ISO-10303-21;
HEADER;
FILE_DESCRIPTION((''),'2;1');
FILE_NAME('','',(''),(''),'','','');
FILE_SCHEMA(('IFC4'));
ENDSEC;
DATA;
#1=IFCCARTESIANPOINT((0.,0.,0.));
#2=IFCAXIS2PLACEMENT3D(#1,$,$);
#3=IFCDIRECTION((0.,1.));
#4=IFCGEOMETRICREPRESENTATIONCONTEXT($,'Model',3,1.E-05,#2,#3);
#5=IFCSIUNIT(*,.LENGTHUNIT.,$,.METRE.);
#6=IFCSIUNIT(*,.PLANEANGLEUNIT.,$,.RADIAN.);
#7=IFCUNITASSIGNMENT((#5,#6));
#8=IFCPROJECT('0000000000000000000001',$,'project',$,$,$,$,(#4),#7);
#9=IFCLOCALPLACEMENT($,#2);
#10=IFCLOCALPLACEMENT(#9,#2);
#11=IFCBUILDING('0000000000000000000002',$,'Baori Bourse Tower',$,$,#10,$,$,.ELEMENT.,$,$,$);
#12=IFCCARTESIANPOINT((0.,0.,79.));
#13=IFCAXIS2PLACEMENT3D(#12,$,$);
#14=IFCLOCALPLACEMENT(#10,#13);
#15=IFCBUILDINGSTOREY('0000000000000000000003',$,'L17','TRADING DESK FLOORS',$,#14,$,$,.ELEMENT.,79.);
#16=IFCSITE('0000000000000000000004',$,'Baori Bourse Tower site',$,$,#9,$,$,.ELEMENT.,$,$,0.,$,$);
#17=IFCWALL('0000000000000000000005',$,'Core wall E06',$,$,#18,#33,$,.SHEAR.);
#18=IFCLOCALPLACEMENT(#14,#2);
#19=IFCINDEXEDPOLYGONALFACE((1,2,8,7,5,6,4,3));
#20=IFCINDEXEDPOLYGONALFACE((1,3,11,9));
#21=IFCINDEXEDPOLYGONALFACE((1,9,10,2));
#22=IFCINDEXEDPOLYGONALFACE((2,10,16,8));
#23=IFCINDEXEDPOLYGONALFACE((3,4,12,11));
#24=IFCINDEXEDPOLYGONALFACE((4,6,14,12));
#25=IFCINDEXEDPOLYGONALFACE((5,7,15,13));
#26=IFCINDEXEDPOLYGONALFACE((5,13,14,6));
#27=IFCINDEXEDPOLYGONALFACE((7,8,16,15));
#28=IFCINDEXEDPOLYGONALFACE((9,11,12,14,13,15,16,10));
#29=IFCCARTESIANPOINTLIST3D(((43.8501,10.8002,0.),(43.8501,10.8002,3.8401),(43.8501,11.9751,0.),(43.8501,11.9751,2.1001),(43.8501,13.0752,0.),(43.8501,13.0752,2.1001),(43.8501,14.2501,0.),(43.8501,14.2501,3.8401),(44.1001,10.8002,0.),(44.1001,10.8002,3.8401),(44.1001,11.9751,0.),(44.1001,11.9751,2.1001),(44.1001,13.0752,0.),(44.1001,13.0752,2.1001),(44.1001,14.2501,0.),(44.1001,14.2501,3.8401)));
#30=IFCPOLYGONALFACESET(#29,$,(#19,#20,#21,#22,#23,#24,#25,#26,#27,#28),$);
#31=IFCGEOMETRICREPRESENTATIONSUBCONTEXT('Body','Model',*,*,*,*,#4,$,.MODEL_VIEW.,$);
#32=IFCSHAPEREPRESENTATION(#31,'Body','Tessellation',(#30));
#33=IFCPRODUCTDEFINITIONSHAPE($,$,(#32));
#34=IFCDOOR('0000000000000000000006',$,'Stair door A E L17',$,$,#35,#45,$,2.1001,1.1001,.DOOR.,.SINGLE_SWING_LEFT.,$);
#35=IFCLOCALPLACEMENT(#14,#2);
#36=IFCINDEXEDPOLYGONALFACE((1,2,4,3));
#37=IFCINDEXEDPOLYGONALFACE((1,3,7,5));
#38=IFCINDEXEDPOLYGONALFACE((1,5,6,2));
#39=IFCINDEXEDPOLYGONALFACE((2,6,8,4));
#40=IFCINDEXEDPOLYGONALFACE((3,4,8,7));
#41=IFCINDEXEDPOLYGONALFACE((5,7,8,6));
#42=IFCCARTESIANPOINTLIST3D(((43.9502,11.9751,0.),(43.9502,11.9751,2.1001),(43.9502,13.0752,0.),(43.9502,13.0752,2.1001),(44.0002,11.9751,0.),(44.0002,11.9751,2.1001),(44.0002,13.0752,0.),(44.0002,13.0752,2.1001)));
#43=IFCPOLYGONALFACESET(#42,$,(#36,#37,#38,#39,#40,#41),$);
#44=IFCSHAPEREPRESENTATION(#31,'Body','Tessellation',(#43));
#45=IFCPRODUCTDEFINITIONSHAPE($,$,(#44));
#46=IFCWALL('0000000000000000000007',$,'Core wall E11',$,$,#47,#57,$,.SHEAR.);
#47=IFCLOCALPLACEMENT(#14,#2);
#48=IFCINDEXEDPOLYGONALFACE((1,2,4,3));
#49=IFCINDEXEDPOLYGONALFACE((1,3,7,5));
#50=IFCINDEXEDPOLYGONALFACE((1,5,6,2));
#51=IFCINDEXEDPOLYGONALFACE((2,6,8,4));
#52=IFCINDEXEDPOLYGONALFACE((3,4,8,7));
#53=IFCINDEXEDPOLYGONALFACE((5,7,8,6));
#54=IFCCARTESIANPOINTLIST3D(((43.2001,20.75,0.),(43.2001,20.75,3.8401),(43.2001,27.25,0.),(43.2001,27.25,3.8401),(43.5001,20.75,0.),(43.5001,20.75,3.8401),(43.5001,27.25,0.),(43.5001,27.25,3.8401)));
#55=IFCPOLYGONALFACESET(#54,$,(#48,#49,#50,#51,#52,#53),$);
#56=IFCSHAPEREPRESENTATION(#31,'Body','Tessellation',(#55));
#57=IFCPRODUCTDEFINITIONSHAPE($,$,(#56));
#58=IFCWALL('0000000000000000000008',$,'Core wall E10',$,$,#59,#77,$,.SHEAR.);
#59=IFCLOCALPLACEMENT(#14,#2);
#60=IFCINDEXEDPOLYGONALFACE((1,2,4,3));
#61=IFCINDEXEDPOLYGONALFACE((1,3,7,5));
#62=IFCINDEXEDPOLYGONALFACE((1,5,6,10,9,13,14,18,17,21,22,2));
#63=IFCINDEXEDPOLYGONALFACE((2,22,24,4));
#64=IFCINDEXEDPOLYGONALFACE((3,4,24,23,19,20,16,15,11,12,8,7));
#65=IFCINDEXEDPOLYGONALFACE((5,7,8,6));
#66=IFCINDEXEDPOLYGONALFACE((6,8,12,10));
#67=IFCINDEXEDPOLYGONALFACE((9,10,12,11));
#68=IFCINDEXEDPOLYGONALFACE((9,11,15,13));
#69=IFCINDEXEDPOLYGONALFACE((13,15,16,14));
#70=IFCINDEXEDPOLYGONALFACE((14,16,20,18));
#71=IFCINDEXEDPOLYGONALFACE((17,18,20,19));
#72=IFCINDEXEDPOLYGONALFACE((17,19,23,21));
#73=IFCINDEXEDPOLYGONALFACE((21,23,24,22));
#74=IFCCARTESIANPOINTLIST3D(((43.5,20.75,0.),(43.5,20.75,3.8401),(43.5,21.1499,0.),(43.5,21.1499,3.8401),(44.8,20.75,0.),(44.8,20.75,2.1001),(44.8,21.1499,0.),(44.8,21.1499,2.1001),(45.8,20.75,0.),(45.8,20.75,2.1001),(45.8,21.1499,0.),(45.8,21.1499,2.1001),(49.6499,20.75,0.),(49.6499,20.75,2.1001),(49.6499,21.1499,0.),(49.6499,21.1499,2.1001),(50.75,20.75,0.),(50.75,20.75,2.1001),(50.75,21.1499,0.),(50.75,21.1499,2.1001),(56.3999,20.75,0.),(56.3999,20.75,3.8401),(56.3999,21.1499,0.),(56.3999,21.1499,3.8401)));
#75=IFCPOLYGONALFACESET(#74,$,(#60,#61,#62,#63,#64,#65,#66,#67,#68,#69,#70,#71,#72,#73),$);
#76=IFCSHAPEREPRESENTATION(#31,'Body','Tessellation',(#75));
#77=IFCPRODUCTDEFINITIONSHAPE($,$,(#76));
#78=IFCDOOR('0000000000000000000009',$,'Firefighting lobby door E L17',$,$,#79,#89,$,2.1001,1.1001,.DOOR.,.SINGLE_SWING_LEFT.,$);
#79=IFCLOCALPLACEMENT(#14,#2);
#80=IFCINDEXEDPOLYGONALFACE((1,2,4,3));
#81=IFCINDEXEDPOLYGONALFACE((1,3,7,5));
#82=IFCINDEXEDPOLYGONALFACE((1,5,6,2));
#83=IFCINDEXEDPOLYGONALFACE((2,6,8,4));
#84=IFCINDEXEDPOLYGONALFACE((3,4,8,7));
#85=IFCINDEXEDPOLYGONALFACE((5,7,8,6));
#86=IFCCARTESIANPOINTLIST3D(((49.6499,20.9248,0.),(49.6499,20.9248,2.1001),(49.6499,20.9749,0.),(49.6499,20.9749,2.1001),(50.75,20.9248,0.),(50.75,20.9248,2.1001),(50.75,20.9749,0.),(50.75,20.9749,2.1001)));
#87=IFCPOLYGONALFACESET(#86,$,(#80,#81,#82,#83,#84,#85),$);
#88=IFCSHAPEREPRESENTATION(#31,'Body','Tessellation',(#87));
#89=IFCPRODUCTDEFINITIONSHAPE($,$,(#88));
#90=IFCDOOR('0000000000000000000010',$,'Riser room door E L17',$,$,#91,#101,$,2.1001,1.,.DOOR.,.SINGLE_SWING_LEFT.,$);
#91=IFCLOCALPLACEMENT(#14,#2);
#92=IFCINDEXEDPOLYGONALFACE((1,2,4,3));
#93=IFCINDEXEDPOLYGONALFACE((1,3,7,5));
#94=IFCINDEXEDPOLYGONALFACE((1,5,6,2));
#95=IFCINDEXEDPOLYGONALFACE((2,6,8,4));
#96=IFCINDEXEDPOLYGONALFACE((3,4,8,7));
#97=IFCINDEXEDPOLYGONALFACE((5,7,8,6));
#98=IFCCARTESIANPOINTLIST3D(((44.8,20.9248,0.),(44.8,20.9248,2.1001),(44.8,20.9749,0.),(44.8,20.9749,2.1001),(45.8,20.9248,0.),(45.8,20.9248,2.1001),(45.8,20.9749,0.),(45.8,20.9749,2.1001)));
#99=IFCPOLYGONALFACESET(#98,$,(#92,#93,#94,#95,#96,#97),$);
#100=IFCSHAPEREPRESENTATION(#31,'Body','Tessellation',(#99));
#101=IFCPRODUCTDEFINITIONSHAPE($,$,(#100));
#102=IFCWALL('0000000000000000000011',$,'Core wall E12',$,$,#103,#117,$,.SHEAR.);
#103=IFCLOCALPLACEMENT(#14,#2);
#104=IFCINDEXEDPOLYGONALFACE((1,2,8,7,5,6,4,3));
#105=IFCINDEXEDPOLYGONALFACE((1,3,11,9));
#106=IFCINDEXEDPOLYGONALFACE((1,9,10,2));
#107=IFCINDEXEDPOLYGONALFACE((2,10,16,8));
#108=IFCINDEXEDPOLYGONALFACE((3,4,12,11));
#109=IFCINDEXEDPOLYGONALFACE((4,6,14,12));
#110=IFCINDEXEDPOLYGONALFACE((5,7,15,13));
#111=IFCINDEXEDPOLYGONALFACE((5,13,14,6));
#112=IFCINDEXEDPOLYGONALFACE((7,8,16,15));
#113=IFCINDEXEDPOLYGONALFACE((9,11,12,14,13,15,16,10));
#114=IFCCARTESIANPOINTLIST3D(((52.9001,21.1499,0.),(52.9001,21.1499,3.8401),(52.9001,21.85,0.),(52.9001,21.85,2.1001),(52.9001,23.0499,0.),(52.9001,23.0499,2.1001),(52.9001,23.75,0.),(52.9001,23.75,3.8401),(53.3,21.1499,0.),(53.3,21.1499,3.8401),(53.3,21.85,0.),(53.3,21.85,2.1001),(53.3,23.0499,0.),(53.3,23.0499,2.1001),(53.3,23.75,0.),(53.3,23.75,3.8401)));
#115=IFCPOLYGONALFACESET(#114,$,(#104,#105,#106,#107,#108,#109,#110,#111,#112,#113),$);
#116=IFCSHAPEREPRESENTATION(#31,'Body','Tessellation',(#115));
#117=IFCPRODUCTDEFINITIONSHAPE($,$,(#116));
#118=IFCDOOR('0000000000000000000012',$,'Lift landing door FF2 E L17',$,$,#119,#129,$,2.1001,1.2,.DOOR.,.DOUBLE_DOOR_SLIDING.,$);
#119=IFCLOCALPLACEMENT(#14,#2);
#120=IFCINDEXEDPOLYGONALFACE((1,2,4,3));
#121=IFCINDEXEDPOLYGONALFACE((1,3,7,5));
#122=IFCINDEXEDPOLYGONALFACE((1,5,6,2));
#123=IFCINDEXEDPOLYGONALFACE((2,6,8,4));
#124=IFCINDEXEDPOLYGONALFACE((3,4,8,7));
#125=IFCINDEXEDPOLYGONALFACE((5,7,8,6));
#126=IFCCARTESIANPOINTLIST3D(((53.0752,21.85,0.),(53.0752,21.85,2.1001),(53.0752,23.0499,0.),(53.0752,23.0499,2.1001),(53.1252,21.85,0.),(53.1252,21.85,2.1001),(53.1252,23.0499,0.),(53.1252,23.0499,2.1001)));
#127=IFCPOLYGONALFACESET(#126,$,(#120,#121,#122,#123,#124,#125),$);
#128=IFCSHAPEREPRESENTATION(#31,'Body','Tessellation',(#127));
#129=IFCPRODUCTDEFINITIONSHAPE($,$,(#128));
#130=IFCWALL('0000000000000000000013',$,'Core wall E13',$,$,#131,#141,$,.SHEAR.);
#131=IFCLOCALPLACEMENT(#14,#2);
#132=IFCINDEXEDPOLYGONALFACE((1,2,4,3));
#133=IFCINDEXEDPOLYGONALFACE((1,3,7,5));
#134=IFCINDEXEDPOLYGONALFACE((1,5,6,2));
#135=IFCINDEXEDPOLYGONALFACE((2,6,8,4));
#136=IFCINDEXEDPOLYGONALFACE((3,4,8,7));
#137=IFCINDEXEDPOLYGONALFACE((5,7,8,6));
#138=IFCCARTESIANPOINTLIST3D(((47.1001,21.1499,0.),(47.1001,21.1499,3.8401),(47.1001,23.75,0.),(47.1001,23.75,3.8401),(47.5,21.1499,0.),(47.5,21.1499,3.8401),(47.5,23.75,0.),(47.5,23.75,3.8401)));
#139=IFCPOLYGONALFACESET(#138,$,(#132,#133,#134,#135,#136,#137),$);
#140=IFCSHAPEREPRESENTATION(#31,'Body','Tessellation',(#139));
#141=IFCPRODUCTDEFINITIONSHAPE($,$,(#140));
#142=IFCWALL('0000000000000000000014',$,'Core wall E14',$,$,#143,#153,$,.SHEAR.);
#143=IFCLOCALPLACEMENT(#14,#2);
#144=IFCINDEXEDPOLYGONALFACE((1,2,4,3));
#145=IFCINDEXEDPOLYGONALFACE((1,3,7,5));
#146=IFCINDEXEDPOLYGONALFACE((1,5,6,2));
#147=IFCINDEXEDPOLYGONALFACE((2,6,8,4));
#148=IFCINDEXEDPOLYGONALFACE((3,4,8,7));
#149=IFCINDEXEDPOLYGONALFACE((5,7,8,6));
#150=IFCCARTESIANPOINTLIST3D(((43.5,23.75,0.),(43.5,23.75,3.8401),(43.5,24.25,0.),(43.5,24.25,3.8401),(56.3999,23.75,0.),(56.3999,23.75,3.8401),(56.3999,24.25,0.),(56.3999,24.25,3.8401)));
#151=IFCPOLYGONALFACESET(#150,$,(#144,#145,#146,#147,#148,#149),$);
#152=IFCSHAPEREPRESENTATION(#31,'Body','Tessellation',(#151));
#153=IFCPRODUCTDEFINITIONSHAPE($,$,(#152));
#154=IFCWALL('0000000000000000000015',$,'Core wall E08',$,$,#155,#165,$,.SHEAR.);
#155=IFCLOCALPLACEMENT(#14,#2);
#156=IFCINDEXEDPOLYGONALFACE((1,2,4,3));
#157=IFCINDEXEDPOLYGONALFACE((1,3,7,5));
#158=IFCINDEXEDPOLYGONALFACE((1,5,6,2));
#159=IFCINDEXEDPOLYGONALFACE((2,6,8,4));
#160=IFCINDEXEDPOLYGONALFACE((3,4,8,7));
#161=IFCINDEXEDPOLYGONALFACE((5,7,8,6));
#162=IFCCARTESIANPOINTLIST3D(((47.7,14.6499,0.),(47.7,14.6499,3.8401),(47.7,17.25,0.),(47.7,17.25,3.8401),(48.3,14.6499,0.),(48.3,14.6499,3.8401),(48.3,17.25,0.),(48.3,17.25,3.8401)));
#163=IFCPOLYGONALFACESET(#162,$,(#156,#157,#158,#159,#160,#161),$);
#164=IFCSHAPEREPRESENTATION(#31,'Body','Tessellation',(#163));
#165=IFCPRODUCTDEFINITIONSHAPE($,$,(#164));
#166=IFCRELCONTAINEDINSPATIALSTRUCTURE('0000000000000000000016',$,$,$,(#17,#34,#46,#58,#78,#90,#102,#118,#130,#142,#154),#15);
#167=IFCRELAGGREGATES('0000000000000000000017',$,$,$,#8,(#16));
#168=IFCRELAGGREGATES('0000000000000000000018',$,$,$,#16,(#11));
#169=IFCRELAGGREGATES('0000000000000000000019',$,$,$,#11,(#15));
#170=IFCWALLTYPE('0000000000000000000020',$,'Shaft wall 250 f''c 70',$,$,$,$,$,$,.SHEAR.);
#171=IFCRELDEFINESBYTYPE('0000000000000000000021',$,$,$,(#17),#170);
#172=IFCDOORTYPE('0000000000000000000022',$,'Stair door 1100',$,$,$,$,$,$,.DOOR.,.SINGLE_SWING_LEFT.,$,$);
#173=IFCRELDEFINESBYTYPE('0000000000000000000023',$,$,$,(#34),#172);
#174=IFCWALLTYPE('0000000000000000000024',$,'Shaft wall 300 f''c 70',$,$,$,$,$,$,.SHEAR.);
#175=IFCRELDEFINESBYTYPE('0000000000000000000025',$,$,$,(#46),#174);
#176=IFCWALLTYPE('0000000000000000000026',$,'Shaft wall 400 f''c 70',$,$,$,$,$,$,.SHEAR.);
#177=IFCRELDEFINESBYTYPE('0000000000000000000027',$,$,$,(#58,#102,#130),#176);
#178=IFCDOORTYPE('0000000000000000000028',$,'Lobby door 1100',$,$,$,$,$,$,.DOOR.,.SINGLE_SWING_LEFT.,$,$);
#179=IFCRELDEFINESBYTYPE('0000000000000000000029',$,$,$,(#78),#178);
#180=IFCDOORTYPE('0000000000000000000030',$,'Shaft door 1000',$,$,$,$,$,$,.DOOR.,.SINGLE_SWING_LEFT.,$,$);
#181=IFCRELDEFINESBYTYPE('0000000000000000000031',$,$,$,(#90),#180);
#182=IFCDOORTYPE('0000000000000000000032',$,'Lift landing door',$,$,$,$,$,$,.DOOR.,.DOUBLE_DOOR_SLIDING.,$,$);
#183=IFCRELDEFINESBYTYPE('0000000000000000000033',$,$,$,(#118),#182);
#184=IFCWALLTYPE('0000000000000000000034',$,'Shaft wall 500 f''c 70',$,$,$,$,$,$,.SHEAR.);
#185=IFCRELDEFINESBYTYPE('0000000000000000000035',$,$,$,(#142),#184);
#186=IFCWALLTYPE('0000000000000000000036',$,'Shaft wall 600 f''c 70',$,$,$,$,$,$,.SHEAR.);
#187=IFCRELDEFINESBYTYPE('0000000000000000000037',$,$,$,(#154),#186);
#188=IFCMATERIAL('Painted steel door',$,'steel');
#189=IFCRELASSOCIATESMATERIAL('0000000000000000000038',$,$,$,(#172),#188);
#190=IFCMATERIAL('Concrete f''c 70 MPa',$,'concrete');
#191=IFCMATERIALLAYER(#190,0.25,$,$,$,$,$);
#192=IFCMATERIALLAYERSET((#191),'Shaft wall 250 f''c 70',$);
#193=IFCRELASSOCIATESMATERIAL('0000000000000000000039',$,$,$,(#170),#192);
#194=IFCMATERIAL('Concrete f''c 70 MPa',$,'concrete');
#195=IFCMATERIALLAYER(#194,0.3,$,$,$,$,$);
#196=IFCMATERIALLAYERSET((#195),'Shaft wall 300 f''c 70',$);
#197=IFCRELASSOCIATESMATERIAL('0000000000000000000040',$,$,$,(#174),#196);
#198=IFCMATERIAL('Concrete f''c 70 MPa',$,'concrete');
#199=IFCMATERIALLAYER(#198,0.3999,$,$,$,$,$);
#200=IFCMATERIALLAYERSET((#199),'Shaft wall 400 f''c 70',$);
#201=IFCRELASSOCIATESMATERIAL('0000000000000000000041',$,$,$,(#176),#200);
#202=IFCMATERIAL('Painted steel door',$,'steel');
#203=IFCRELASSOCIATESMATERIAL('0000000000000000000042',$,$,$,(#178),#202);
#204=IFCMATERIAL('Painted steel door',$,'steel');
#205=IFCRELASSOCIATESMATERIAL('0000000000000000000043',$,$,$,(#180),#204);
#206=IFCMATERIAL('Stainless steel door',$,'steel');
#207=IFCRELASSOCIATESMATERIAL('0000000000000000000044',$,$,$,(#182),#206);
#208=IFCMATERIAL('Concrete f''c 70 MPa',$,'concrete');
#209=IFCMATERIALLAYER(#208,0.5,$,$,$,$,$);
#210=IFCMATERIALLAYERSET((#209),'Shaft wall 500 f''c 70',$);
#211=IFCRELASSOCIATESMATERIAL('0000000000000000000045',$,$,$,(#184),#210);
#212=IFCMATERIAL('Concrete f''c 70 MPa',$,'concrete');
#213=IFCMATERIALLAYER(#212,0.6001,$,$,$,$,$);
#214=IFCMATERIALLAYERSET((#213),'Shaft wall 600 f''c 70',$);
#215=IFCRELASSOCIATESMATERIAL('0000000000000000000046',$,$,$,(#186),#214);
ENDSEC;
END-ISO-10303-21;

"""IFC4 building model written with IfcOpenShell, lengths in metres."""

from ifc_helpers import new_model, si_unit, direction, frame, frame_2d, origin, place, context, subcontext, project, spatial, rectangle, extrude, material, layer, layer_set, type_object, element, fill, save


model = new_model("IFC4")

# Units and contexts
model_context = context("Model", 3, precision=1e-05, world=origin(), true_north=direction((0.0, 1.0)))
body_context = subcontext(model_context, "Body", "Model", "MODEL_VIEW")
ifc_project = project(units=[si_unit("LENGTHUNIT", "METRE"), si_unit("PLANEANGLEUNIT", "RADIAN")], contexts=[model_context])

# Site, building, storey
site_placement = place(None, origin())
site = spatial("IfcSite", under=ifc_project, at=site_placement, Name="Baori Bourse Tower site", CompositionType="ELEMENT", RefElevation=0.0)
building_placement = place(site_placement, origin())
building = spatial("IfcBuilding", under=site, at=building_placement, Name="Baori Bourse Tower", CompositionType="ELEMENT")
storey_placement = place(building_placement, frame((0.0, 0.0, 79.0)))
storey = spatial("IfcBuildingStorey", under=building, at=storey_placement, Name="L17", Description="TRADING DESK FLOORS", CompositionType="ELEMENT", Elevation=79.0)

# Wall, opening, door
ifc_material_1 = material(Name="Painted steel door", Category="steel")
door_type_1 = type_object("IfcDoorType", Name="Stair door 1100", OperationType="SINGLE_SWING_LEFT", PredefinedType="DOOR", material=ifc_material_1)
ifc_material_2 = material(Name="Concrete f'c 70 MPa", Category="concrete")
ifc_layer_1 = layer(ifc_material_2, 0.25)
ifc_layer_set_1 = layer_set([ifc_layer_1], Name="Shaft wall 250 f'c 70")
wall_type_1 = type_object("IfcWallType", Name="Shaft wall 250 f'c 70", PredefinedType="SHEAR", material=ifc_layer_set_1)
wall_1_placement = place(storey_placement, frame((43.9751, 10.8, 0.0), z_axis=(0.0, 0.0, 1.0), x_axis=(0.0, 1.0, 0.0)))
wall_1 = element("IfcWall", 1, at=wall_1_placement, inside=storey, type_object=wall_type_1, Name="Core wall E06", PredefinedType="SHEAR", context=body_context, shape_type="SweptSolid", body=[
    extrude(rectangle(XDim=3.45, YDim=0.25, at=frame_2d((1.7251, 0.0))), origin(), (0.0, 0.0, 1.0), 3.8401),
])
opening_1_placement = place(wall_1_placement, frame((1.175, 0.0, 0.0)))
opening_1 = element("IfcOpeningElement", 2, at=opening_1_placement, cuts=wall_1, PredefinedType="OPENING", context=body_context, shape_type="SweptSolid", body=[
    extrude(rectangle(XDim=1.1001, YDim=2.1001, at=frame_2d((0.55, 1.05))), frame((0.0, 0.135, 0.0), z_axis=(0.0, -1.0, 0.0), x_axis=(1.0, 0.0, 0.0)), (0.0, 0.0, 1.0), 0.27),
])
door_1_placement = place(opening_1_placement, origin())
door_1 = element("IfcDoor", 3, at=door_1_placement, inside=storey, type_object=door_type_1, Name="Stair door A E L17", OperationType="SINGLE_SWING_LEFT", OverallHeight=2.1001, OverallWidth=1.1001, PredefinedType="DOOR", context=body_context, shape_type="SweptSolid", body=[
    extrude(rectangle(XDim=1.1001, YDim=2.1001, at=frame_2d((0.55, 1.05))), frame((0.0, 0.0249, 0.0), z_axis=(0.0, -1.0, 0.0), x_axis=(1.0, 0.0, 0.0)), (0.0, 0.0, 1.0), 0.05),
])
fill(opening_1, door_1)

# Wall
ifc_material_3 = material(Name="Concrete f'c 70 MPa", Category="concrete")
ifc_layer_2 = layer(ifc_material_3, 0.3)
ifc_layer_set_2 = layer_set([ifc_layer_2], Name="Shaft wall 300 f'c 70")
wall_type_2 = type_object("IfcWallType", Name="Shaft wall 300 f'c 70", PredefinedType="SHEAR", material=ifc_layer_set_2)
wall_2_placement = place(storey_placement, frame((43.3501, 20.75, 0.0), z_axis=(0.0, 0.0, 1.0), x_axis=(0.0, 1.0, 0.0)))
element("IfcWall", 4, at=wall_2_placement, inside=storey, type_object=wall_type_2, Name="Core wall E11", PredefinedType="SHEAR", context=body_context, shape_type="SweptSolid", body=[
    extrude(rectangle(XDim=6.5, YDim=0.3, at=frame_2d((3.25, 0.0))), origin(), (0.0, 0.0, 1.0), 3.8401),
])

# Wall, openings, doors
ifc_material_4 = material(Name="Concrete f'c 70 MPa", Category="concrete")
ifc_layer_3 = layer(ifc_material_4, 0.3999)
ifc_layer_set_3 = layer_set([ifc_layer_3], Name="Shaft wall 400 f'c 70")
wall_type_3 = type_object("IfcWallType", Name="Shaft wall 400 f'c 70", PredefinedType="SHEAR", material=ifc_layer_set_3)
wall_3_placement = place(storey_placement, frame((43.5, 20.95, 0.0), z_axis=(0.0, 0.0, 1.0), x_axis=(1.0, 0.0, 0.0)))
wall_3 = element("IfcWall", 5, at=wall_3_placement, inside=storey, type_object=wall_type_3, Name="Core wall E10", PredefinedType="SHEAR", context=body_context, shape_type="SweptSolid", body=[
    extrude(rectangle(XDim=12.8999, YDim=0.3999, at=frame_2d((6.45, 0.0))), origin(), (0.0, 0.0, 1.0), 3.8401),
])
opening_2_placement = place(wall_3_placement, frame((6.1499, 0.0, 0.0)))
opening_2 = element("IfcOpeningElement", 6, at=opening_2_placement, cuts=wall_3, PredefinedType="OPENING", context=body_context, shape_type="SweptSolid", body=[
    extrude(rectangle(XDim=1.1001, YDim=2.1001, at=frame_2d((0.55, 1.05))), frame((0.0, 0.21, 0.0), z_axis=(0.0, -1.0, 0.0), x_axis=(1.0, 0.0, 0.0)), (0.0, 0.0, 1.0), 0.4199),
])
opening_3_placement = place(wall_3_placement, frame((1.3, 0.0, 0.0)))
opening_3 = element("IfcOpeningElement", 7, at=opening_3_placement, cuts=wall_3, PredefinedType="OPENING", context=body_context, shape_type="SweptSolid", body=[
    extrude(rectangle(XDim=1.0, YDim=2.1001, at=frame_2d((0.5, 1.05))), frame((0.0, 0.21, 0.0), z_axis=(0.0, -1.0, 0.0), x_axis=(1.0, 0.0, 0.0)), (0.0, 0.0, 1.0), 0.4199),
])
ifc_material_5 = material(Name="Painted steel door", Category="steel")
door_type_2 = type_object("IfcDoorType", Name="Lobby door 1100", OperationType="SINGLE_SWING_LEFT", PredefinedType="DOOR", material=ifc_material_5)
door_2_placement = place(opening_2_placement, origin())
door_2 = element("IfcDoor", 8, at=door_2_placement, inside=storey, type_object=door_type_2, Name="Firefighting lobby door E L17", OperationType="SINGLE_SWING_LEFT", OverallHeight=2.1001, OverallWidth=1.1001, PredefinedType="DOOR", context=body_context, shape_type="SweptSolid", body=[
    extrude(rectangle(XDim=1.1001, YDim=2.1001, at=frame_2d((0.55, 1.05))), frame((0.0, 0.0249, 0.0), z_axis=(0.0, -1.0, 0.0), x_axis=(1.0, 0.0, 0.0)), (0.0, 0.0, 1.0), 0.05),
])
fill(opening_2, door_2)
ifc_material_6 = material(Name="Painted steel door", Category="steel")
door_type_3 = type_object("IfcDoorType", Name="Shaft door 1000", OperationType="SINGLE_SWING_LEFT", PredefinedType="DOOR", material=ifc_material_6)
door_3_placement = place(opening_3_placement, origin())
door_3 = element("IfcDoor", 9, at=door_3_placement, inside=storey, type_object=door_type_3, Name="Riser room door E L17", OperationType="SINGLE_SWING_LEFT", OverallHeight=2.1001, OverallWidth=1.0, PredefinedType="DOOR", context=body_context, shape_type="SweptSolid", body=[
    extrude(rectangle(XDim=1.0, YDim=2.1001, at=frame_2d((0.5, 1.05))), frame((0.0, 0.0249, 0.0), z_axis=(0.0, -1.0, 0.0), x_axis=(1.0, 0.0, 0.0)), (0.0, 0.0, 1.0), 0.05),
])
fill(opening_3, door_3)

# Wall, opening, door
wall_4_placement = place(storey_placement, frame((53.1001, 21.1499, 0.0), z_axis=(0.0, 0.0, 1.0), x_axis=(0.0, 1.0, 0.0)))
wall_4 = element("IfcWall", 10, at=wall_4_placement, inside=storey, type_object=wall_type_3, Name="Core wall E12", PredefinedType="SHEAR", context=body_context, shape_type="SweptSolid", body=[
    extrude(rectangle(XDim=2.6001, YDim=0.3999, at=frame_2d((1.3, 0.0))), origin(), (0.0, 0.0, 1.0), 3.8401),
])
opening_4_placement = place(wall_4_placement, frame((0.7, 0.0, 0.0)))
opening_4 = element("IfcOpeningElement", 11, at=opening_4_placement, cuts=wall_4, PredefinedType="OPENING", context=body_context, shape_type="SweptSolid", body=[
    extrude(rectangle(XDim=1.2, YDim=2.1001, at=frame_2d((0.6001, 1.05))), frame((0.0, 0.21, 0.0), z_axis=(0.0, -1.0, 0.0), x_axis=(1.0, 0.0, 0.0)), (0.0, 0.0, 1.0), 0.4199),
])
ifc_material_7 = material(Name="Stainless steel door", Category="steel")
door_type_4 = type_object("IfcDoorType", Name="Lift landing door", OperationType="DOUBLE_DOOR_SLIDING", PredefinedType="DOOR", material=ifc_material_7)
door_4_placement = place(opening_4_placement, origin())
door_4 = element("IfcDoor", 12, at=door_4_placement, inside=storey, type_object=door_type_4, Name="Lift landing door FF2 E L17", OperationType="DOUBLE_DOOR_SLIDING", OverallHeight=2.1001, OverallWidth=1.2, PredefinedType="DOOR", context=body_context, shape_type="SweptSolid", body=[
    extrude(rectangle(XDim=1.2, YDim=2.1001, at=frame_2d((0.6001, 1.05))), frame((0.0, 0.0249, 0.0), z_axis=(0.0, -1.0, 0.0), x_axis=(1.0, 0.0, 0.0)), (0.0, 0.0, 1.0), 0.05),
])
fill(opening_4, door_4)

# Walls
wall_5_placement = place(storey_placement, frame((47.3, 21.1499, 0.0), z_axis=(0.0, 0.0, 1.0), x_axis=(0.0, 1.0, 0.0)))
element("IfcWall", 13, at=wall_5_placement, inside=storey, type_object=wall_type_3, Name="Core wall E13", PredefinedType="SHEAR", context=body_context, shape_type="SweptSolid", body=[
    extrude(rectangle(XDim=2.6001, YDim=0.3999, at=frame_2d((1.3, 0.0))), origin(), (0.0, 0.0, 1.0), 3.8401),
])
ifc_material_8 = material(Name="Concrete f'c 70 MPa", Category="concrete")
ifc_layer_4 = layer(ifc_material_8, 0.5)
ifc_layer_set_4 = layer_set([ifc_layer_4], Name="Shaft wall 500 f'c 70")
wall_type_4 = type_object("IfcWallType", Name="Shaft wall 500 f'c 70", PredefinedType="SHEAR", material=ifc_layer_set_4)
wall_6_placement = place(storey_placement, frame((43.5, 24.0, 0.0), z_axis=(0.0, 0.0, 1.0), x_axis=(1.0, 0.0, 0.0)))
element("IfcWall", 14, at=wall_6_placement, inside=storey, type_object=wall_type_4, Name="Core wall E14", PredefinedType="SHEAR", context=body_context, shape_type="SweptSolid", body=[
    extrude(rectangle(XDim=12.8999, YDim=0.5, at=frame_2d((6.45, 0.0))), origin(), (0.0, 0.0, 1.0), 3.8401),
])
ifc_material_9 = material(Name="Concrete f'c 70 MPa", Category="concrete")
ifc_layer_5 = layer(ifc_material_9, 0.6001)
ifc_layer_set_5 = layer_set([ifc_layer_5], Name="Shaft wall 600 f'c 70")
wall_type_5 = type_object("IfcWallType", Name="Shaft wall 600 f'c 70", PredefinedType="SHEAR", material=ifc_layer_set_5)
wall_7_placement = place(storey_placement, frame((48.0, 14.6499, 0.0), z_axis=(0.0, 0.0, 1.0), x_axis=(0.0, 1.0, 0.0)))
element("IfcWall", 15, at=wall_7_placement, inside=storey, type_object=wall_type_5, Name="Core wall E08", PredefinedType="SHEAR", context=body_context, shape_type="SweptSolid", body=[
    extrude(rectangle(XDim=2.6001, YDim=0.6001, at=frame_2d((1.3, 0.0))), origin(), (0.0, 0.0, 1.0), 3.8401),
])

save(model, "model.ifc")
